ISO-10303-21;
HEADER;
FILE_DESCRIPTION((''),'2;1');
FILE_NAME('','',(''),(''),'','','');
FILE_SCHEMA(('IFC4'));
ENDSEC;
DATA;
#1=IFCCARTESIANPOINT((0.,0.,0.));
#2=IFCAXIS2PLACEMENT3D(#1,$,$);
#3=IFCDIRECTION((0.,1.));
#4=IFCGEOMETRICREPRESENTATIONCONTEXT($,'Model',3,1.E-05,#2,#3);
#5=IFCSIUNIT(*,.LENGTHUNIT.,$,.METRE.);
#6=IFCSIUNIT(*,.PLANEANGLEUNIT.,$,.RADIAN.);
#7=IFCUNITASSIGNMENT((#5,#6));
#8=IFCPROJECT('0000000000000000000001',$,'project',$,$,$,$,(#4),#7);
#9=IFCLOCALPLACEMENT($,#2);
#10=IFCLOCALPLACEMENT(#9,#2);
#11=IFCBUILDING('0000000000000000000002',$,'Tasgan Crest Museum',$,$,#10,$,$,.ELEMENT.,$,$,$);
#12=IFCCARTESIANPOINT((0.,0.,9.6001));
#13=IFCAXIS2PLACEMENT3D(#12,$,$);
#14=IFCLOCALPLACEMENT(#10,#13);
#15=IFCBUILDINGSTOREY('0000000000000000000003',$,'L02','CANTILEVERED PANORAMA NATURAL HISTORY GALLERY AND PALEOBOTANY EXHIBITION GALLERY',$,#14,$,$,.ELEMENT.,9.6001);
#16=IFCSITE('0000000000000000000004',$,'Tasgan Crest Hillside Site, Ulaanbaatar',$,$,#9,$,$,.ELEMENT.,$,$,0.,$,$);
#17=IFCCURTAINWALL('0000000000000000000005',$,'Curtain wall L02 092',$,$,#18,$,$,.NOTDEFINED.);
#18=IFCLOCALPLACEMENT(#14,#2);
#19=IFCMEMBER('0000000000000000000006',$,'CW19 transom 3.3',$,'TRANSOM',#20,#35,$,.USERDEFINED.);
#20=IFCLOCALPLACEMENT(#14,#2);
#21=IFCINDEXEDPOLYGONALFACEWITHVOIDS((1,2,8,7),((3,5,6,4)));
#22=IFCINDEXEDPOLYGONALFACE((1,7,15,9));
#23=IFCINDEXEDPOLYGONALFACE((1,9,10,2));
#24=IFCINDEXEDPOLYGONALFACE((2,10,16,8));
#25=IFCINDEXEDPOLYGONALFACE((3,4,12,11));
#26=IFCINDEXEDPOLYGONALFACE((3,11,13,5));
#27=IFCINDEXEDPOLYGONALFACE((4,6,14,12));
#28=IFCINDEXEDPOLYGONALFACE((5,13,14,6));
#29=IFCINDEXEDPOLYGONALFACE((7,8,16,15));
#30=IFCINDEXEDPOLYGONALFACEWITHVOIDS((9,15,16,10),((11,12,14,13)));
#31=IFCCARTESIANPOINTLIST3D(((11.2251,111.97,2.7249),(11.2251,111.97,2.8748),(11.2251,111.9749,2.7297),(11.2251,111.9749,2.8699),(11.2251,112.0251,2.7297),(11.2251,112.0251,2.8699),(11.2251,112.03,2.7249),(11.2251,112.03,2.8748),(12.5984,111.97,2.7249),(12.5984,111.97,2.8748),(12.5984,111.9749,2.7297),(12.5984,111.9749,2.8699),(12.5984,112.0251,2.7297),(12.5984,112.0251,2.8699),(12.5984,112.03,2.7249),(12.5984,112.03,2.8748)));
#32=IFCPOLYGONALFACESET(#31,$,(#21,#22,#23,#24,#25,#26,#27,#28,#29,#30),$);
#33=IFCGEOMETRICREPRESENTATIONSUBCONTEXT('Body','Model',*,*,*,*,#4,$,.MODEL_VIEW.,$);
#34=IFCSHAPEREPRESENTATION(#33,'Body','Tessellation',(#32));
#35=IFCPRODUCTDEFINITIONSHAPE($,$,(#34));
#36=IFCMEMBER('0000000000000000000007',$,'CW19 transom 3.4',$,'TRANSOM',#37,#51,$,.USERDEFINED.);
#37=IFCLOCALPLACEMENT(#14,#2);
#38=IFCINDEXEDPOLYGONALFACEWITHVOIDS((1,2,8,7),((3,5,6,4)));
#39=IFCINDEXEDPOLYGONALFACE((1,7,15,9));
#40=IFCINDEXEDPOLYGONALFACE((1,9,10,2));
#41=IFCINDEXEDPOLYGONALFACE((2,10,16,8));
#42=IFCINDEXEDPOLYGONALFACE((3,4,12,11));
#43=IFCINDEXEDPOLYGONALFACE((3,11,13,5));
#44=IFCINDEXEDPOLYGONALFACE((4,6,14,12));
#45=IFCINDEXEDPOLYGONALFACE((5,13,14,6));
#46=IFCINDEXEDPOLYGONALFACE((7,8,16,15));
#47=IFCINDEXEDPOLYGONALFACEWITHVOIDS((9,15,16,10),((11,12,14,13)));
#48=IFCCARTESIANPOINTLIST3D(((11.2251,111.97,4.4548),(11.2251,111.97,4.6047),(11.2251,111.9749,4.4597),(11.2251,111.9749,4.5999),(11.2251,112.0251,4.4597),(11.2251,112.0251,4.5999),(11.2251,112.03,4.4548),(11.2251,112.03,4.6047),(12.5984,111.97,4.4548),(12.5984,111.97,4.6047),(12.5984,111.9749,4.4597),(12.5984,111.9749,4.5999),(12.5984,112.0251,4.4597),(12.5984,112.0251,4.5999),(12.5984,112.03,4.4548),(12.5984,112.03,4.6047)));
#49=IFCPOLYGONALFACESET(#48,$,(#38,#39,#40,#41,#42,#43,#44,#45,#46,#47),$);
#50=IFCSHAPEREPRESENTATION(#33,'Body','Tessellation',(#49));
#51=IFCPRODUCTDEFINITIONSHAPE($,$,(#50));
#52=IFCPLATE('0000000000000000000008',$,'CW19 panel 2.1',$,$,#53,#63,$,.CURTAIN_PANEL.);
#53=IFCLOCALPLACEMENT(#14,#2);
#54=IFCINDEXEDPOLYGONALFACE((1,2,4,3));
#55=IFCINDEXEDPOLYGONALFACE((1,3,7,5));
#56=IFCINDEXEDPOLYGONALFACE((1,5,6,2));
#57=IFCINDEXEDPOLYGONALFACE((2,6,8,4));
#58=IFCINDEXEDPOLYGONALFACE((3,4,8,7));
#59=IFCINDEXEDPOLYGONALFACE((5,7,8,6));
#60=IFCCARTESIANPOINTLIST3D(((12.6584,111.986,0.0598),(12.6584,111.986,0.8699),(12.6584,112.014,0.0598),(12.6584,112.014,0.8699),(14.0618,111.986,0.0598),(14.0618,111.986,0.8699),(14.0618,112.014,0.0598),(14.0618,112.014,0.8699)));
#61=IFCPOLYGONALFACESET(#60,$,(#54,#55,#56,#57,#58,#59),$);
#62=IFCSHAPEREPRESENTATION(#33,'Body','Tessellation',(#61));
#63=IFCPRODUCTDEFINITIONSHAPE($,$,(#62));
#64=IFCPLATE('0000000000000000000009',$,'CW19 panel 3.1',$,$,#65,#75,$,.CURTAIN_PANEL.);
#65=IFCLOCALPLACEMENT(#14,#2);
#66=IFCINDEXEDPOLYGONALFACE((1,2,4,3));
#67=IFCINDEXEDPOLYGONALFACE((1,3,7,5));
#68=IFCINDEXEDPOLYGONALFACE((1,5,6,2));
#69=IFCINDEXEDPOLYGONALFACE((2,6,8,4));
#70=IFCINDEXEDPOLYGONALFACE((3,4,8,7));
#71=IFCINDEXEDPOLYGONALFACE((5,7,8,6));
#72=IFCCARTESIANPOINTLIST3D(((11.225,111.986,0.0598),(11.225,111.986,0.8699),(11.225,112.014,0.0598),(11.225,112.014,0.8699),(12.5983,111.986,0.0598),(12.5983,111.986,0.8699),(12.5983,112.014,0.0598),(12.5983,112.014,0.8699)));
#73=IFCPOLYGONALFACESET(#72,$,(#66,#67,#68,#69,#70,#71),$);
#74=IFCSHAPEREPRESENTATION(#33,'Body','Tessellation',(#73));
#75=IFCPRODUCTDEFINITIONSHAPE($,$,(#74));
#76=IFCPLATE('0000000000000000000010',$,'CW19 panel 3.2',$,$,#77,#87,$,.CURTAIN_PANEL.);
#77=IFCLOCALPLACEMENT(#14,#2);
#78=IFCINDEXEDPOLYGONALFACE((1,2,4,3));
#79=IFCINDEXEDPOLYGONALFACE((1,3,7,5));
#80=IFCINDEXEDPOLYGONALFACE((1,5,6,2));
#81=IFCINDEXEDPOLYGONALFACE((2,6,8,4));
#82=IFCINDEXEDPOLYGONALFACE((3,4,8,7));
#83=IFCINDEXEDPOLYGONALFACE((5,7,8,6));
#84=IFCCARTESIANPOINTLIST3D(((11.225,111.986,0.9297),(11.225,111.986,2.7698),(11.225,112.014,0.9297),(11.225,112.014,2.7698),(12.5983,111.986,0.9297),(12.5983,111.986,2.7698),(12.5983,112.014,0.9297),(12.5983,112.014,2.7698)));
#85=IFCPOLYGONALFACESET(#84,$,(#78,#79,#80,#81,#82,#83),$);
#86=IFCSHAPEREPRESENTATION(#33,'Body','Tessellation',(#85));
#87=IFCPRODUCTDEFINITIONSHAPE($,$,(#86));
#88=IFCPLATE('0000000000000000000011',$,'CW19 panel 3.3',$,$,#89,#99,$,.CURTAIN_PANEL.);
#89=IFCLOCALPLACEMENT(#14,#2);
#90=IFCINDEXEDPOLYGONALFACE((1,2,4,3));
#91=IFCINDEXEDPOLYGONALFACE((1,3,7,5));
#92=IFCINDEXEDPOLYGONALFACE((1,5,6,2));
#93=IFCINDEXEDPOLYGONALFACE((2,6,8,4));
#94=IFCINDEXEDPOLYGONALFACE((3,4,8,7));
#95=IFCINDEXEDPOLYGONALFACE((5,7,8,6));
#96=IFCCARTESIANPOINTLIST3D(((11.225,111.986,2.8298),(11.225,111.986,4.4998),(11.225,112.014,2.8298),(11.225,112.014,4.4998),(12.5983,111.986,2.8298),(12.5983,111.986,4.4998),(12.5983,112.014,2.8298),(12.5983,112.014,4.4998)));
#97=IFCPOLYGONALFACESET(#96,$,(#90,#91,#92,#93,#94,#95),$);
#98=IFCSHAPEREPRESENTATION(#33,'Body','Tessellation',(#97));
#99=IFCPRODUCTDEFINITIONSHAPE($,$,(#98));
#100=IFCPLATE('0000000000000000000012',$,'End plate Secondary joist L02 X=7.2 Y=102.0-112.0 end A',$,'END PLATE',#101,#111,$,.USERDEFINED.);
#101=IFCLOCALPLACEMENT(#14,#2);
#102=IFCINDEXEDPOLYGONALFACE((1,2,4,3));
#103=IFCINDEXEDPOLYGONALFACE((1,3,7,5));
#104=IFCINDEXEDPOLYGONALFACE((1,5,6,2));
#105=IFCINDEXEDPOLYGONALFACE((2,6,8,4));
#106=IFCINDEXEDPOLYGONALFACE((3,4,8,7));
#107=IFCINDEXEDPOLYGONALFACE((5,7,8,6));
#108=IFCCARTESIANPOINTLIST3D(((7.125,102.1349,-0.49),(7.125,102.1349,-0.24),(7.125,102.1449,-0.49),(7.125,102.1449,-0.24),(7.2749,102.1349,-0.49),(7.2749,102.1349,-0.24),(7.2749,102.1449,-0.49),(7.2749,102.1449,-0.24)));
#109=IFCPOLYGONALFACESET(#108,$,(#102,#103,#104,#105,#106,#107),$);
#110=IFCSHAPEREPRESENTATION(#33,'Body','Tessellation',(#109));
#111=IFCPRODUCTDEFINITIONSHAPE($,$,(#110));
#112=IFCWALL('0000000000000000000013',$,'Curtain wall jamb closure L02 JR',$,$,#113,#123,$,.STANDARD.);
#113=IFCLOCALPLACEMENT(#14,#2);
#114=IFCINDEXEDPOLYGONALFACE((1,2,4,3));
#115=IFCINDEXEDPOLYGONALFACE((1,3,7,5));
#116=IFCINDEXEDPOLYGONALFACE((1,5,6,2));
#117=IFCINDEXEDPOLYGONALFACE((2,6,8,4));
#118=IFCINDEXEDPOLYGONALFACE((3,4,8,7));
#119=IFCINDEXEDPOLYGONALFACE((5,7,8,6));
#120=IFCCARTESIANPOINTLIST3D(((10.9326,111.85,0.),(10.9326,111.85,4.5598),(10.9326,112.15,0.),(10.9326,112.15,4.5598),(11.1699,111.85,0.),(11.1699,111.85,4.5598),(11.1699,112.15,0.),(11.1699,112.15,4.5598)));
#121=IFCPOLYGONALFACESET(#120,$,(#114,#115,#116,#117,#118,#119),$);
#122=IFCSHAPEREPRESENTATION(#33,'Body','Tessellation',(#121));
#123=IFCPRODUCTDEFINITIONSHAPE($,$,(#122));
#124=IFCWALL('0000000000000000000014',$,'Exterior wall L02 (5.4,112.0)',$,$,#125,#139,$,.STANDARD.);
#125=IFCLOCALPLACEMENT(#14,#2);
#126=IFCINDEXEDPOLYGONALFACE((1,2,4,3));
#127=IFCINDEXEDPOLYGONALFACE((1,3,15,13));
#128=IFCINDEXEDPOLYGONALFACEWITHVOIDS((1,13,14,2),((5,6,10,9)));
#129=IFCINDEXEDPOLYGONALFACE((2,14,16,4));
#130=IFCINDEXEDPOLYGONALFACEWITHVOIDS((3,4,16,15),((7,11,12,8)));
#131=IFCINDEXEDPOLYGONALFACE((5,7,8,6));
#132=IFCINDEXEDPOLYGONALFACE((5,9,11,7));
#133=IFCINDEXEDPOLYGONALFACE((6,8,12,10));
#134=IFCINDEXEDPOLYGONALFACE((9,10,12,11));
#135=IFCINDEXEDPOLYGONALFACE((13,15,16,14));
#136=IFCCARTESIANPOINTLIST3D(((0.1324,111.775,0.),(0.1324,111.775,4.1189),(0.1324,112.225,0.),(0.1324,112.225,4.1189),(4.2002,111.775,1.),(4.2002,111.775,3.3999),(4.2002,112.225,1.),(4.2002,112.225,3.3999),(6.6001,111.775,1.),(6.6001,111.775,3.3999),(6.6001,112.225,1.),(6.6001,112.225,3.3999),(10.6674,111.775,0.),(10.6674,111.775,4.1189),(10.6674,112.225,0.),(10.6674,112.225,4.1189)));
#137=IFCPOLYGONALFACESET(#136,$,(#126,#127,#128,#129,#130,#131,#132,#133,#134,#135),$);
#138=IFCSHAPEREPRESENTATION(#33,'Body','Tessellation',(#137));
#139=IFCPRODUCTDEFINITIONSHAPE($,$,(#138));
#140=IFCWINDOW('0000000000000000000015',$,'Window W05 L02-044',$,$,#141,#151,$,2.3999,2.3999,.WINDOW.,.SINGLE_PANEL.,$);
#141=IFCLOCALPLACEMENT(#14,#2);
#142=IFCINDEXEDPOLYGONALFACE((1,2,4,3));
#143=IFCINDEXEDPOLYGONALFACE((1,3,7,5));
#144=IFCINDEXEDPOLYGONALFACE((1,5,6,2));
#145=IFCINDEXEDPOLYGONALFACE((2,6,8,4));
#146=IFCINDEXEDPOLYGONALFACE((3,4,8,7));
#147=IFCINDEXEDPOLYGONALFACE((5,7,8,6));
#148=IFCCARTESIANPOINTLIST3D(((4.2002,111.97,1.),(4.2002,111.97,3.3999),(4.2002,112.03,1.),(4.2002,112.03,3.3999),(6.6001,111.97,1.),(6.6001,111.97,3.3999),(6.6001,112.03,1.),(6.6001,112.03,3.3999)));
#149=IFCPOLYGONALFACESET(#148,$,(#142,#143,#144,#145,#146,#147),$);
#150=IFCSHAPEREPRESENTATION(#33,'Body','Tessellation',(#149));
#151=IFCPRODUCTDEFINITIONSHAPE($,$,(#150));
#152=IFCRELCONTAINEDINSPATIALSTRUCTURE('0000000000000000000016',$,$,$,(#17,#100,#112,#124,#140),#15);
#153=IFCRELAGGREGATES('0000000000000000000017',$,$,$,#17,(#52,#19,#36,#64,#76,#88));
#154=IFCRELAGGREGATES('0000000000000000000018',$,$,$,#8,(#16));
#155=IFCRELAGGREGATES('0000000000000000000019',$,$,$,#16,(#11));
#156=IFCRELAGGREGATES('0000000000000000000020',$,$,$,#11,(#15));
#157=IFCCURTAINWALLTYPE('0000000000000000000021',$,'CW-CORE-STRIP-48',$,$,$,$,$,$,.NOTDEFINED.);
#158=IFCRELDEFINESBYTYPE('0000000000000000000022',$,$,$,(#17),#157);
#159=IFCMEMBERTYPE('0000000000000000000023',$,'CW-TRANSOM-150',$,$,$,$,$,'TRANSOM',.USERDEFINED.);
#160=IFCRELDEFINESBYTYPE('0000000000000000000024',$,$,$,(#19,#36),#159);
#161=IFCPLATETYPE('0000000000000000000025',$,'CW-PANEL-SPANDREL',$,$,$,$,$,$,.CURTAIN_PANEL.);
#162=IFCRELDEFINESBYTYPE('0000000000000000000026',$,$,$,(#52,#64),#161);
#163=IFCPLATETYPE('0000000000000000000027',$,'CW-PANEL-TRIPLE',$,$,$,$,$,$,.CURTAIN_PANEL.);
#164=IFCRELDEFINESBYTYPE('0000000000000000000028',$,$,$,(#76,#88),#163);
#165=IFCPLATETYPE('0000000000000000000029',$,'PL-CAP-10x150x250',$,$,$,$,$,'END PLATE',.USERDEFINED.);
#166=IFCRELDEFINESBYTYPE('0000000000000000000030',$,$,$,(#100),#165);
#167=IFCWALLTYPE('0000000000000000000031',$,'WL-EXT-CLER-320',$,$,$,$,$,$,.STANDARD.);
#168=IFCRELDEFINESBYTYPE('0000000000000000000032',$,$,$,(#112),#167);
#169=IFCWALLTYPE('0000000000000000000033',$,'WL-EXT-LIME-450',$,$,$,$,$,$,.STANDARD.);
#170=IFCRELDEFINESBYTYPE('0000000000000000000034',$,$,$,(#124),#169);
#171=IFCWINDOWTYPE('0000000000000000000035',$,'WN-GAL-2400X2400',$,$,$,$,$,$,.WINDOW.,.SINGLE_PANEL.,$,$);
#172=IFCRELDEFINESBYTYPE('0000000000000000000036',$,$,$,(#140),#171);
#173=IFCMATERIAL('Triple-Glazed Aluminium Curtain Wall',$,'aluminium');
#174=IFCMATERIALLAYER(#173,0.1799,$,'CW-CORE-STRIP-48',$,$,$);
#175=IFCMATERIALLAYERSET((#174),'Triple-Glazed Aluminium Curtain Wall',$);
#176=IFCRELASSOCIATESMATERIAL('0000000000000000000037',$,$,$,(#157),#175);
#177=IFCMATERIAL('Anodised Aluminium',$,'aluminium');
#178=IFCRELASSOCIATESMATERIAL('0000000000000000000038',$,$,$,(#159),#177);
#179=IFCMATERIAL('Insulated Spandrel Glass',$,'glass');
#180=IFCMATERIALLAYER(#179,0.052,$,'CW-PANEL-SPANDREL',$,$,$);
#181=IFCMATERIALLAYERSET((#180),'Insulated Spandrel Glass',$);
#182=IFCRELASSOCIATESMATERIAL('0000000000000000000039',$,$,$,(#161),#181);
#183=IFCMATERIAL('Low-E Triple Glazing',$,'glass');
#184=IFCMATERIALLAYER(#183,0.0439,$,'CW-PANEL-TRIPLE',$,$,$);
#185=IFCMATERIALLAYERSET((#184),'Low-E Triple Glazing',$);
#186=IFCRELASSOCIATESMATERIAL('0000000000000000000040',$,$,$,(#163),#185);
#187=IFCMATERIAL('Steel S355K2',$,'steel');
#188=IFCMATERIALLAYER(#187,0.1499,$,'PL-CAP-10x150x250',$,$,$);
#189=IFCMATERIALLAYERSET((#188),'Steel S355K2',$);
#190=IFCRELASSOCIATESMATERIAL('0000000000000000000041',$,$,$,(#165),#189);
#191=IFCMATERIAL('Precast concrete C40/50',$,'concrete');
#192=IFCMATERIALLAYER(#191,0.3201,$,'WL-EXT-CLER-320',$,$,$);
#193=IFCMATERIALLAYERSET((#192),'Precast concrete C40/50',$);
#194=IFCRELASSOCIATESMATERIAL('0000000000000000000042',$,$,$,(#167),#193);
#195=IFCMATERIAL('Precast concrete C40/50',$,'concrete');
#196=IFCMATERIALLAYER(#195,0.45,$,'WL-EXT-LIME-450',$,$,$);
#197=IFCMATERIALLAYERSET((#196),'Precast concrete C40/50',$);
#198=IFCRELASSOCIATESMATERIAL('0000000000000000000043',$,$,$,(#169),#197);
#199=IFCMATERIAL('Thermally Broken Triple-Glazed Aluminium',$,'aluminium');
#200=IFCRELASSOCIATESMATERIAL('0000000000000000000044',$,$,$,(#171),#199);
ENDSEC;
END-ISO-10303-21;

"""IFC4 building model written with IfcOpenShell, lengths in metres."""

from ifc_helpers import new_model, si_unit, direction, frame, frame_2d, origin, origin_2d, place, context, subcontext, project, spatial, rectangle, hollow_rectangle, extrude, material, layer, layer_set, material_profile, profile_set, type_object, element, fill, aggregate, save


model = new_model("IFC4")

# Units and contexts
model_context = context("Model", 3, precision=1e-05, world=origin(), true_north=direction((0.0, 1.0)))
body_context = subcontext(model_context, "Body", "Model", "MODEL_VIEW")
ifc_project = project(units=[si_unit("LENGTHUNIT", "METRE"), si_unit("PLANEANGLEUNIT", "RADIAN")], contexts=[model_context])

# Site, building, storey
site_placement = place(None, origin())
site = spatial("IfcSite", under=ifc_project, at=site_placement, Name="Tasgan Crest Hillside Site, Ulaanbaatar", CompositionType="ELEMENT", RefElevation=0.0)
building_placement = place(site_placement, origin())
building = spatial("IfcBuilding", under=site, at=building_placement, Name="Tasgan Crest Museum", CompositionType="ELEMENT")
storey_placement = place(building_placement, frame((0.0, 0.0, 9.6001)))
storey = spatial("IfcBuildingStorey", under=building, at=storey_placement, Name="L02", Description="CANTILEVERED PANORAMA NATURAL HISTORY GALLERY AND PALEOBOTANY EXHIBITION GALLERY", CompositionType="ELEMENT", Elevation=9.6001)

# Curtain wall, members, plates
ifc_material_1 = material(Name="Triple-Glazed Aluminium Curtain Wall", Category="aluminium")
ifc_layer_1 = layer(ifc_material_1, 0.1799, Name="CW-CORE-STRIP-48")
ifc_layer_set_1 = layer_set([ifc_layer_1], Name="Triple-Glazed Aluminium Curtain Wall")
curtain_wall_type = type_object("IfcCurtainWallType", Name="CW-CORE-STRIP-48", PredefinedType="NOTDEFINED", material=ifc_layer_set_1)
curtain_wall_placement = place(storey_placement, origin())
curtain_wall = element("IfcCurtainWall", 1, at=curtain_wall_placement, inside=storey, type_object=curtain_wall_type, Name="Curtain wall L02 092", PredefinedType="NOTDEFINED")
ifc_material_2 = material(Name="Anodised Aluminium", Category="aluminium")
ifc_material_profile_1 = material_profile(ifc_material_2, hollow_rectangle(XDim=0.0601, YDim=0.1499, WallThickness=0.0049, at=origin_2d()), Name="ALU TRANSOM 150x60x5")
ifc_profile_set_1 = profile_set([ifc_material_profile_1], Name="Anodised Aluminium")
member_type_1 = type_object("IfcMemberType", Name="CW-TRANSOM-150", ElementType="TRANSOM", PredefinedType="USERDEFINED", material=ifc_profile_set_1)
member_1_placement = place(storey_placement, frame((12.5984, 112.0, 2.7998), z_axis=(-1.0, 0.0, 0.0), x_axis=(0.0, -1.0, 0.0)))
member_1 = element("IfcMember", 2, at=member_1_placement, type_object=member_type_1, Name="CW19 transom 3.3", ObjectType="TRANSOM", PredefinedType="USERDEFINED", context=body_context, shape_type="SweptSolid", body=[
    extrude(hollow_rectangle(XDim=0.0601, YDim=0.1499, WallThickness=0.0049, at=origin_2d()), origin(), (0.0, 0.0, 1.0), 1.3733),
])
member_2_placement = place(storey_placement, frame((12.5984, 112.0, 4.5298), z_axis=(-1.0, 0.0, 0.0), x_axis=(0.0, -1.0, 0.0)))
member_2 = element("IfcMember", 3, at=member_2_placement, type_object=member_type_1, Name="CW19 transom 3.4", ObjectType="TRANSOM", PredefinedType="USERDEFINED", context=body_context, shape_type="SweptSolid", body=[
    extrude(hollow_rectangle(XDim=0.0601, YDim=0.1499, WallThickness=0.0049, at=origin_2d()), origin(), (0.0, 0.0, 1.0), 1.3733),
])
ifc_material_3 = material(Name="Insulated Spandrel Glass", Category="glass")
ifc_layer_2 = layer(ifc_material_3, 0.052, Name="CW-PANEL-SPANDREL")
ifc_layer_set_2 = layer_set([ifc_layer_2], Name="Insulated Spandrel Glass")
plate_type_1 = type_object("IfcPlateType", Name="CW-PANEL-SPANDREL", PredefinedType="CURTAIN_PANEL", material=ifc_layer_set_2)
plate_1_placement = place(storey_placement, frame((13.3601, 112.0, 0.0598), z_axis=(0.0, 0.0, 1.0), x_axis=(-1.0, 0.0, 0.0)))
plate_1 = element("IfcPlate", 4, at=plate_1_placement, type_object=plate_type_1, Name="CW19 panel 2.1", PredefinedType="CURTAIN_PANEL", context=body_context, shape_type="SweptSolid", body=[
    extrude(rectangle(XDim=1.4033, YDim=0.0281, at=origin_2d()), origin(), (0.0, 0.0, 1.0), 0.8101),
])
plate_2_placement = place(storey_placement, frame((11.9116, 112.0, 0.0598), z_axis=(0.0, 0.0, 1.0), x_axis=(-1.0, 0.0, 0.0)))
plate_2 = element("IfcPlate", 5, at=plate_2_placement, type_object=plate_type_1, Name="CW19 panel 3.1", PredefinedType="CURTAIN_PANEL", context=body_context, shape_type="SweptSolid", body=[
    extrude(rectangle(XDim=1.3733, YDim=0.0281, at=origin_2d()), origin(), (0.0, 0.0, 1.0), 0.8101),
])
ifc_material_4 = material(Name="Low-E Triple Glazing", Category="glass")
ifc_layer_3 = layer(ifc_material_4, 0.0439, Name="CW-PANEL-TRIPLE")
ifc_layer_set_3 = layer_set([ifc_layer_3], Name="Low-E Triple Glazing")
plate_type_2 = type_object("IfcPlateType", Name="CW-PANEL-TRIPLE", PredefinedType="CURTAIN_PANEL", material=ifc_layer_set_3)
plate_3_placement = place(storey_placement, frame((11.9116, 112.0, 0.9297), z_axis=(0.0, 0.0, 1.0), x_axis=(-1.0, 0.0, 0.0)))
plate_3 = element("IfcPlate", 6, at=plate_3_placement, type_object=plate_type_2, Name="CW19 panel 3.2", PredefinedType="CURTAIN_PANEL", context=body_context, shape_type="SweptSolid", body=[
    extrude(rectangle(XDim=1.3733, YDim=0.0281, at=origin_2d()), origin(), (0.0, 0.0, 1.0), 1.8401),
])
plate_4_placement = place(storey_placement, frame((11.9116, 112.0, 2.8298), z_axis=(0.0, 0.0, 1.0), x_axis=(-1.0, 0.0, 0.0)))
plate_4 = element("IfcPlate", 7, at=plate_4_placement, type_object=plate_type_2, Name="CW19 panel 3.3", PredefinedType="CURTAIN_PANEL", context=body_context, shape_type="SweptSolid", body=[
    extrude(rectangle(XDim=1.3733, YDim=0.0281, at=origin_2d()), origin(), (0.0, 0.0, 1.0), 1.6699),
])
aggregate(curtain_wall, [plate_1, member_1, member_2, plate_2, plate_3, plate_4])

# Plate
ifc_material_5 = material(Name="Steel S355K2", Category="steel")
ifc_layer_4 = layer(ifc_material_5, 0.1499, Name="PL-CAP-10x150x250")
ifc_layer_set_4 = layer_set([ifc_layer_4], Name="Steel S355K2")
plate_type_3 = type_object("IfcPlateType", Name="PL-CAP-10x150x250", ElementType="END PLATE", PredefinedType="USERDEFINED", material=ifc_layer_set_4)
plate_5_placement = place(storey_placement, frame((7.2, 102.1399, -0.49), z_axis=(0.0, 0.0, 1.0), x_axis=(0.0, 1.0, 0.0)))
element("IfcPlate", 8, at=plate_5_placement, inside=storey, type_object=plate_type_3, Name="End plate Secondary joist L02 X=7.2 Y=102.0-112.0 end A", ObjectType="END PLATE", PredefinedType="USERDEFINED", context=body_context, shape_type="SweptSolid", body=[
    extrude(rectangle(XDim=0.01, YDim=0.1499, at=origin_2d()), origin(), (0.0, 0.0, 1.0), 0.25),
])

# Wall
ifc_material_6 = material(Name="Precast concrete C40/50", Category="concrete")
ifc_layer_5 = layer(ifc_material_6, 0.3201, Name="WL-EXT-CLER-320")
ifc_layer_set_5 = layer_set([ifc_layer_5], Name="Precast concrete C40/50")
wall_type_1 = type_object("IfcWallType", Name="WL-EXT-CLER-320", PredefinedType="STANDARD", material=ifc_layer_set_5)
wall_1_placement = place(storey_placement, frame((11.1699, 112.0, 0.0), z_axis=(0.0, 0.0, 1.0), x_axis=(-1.0, 0.0, 0.0)))
element("IfcWall", 9, at=wall_1_placement, inside=storey, type_object=wall_type_1, Name="Curtain wall jamb closure L02 JR", PredefinedType="STANDARD", context=body_context, shape_type="SweptSolid", body=[
    extrude(rectangle(XDim=0.2373, YDim=0.3, at=frame_2d((0.1187, 0.0))), origin(), (0.0, 0.0, 1.0), 4.5598),
])

# Wall, opening, window
ifc_material_7 = material(Name="Precast concrete C40/50", Category="concrete")
ifc_layer_6 = layer(ifc_material_7, 0.45, Name="WL-EXT-LIME-450")
ifc_layer_set_6 = layer_set([ifc_layer_6], Name="Precast concrete C40/50")
wall_type_2 = type_object("IfcWallType", Name="WL-EXT-LIME-450", PredefinedType="STANDARD", material=ifc_layer_set_6)
wall_2_placement = place(storey_placement, frame((10.6675, 112.0, 0.0), z_axis=(0.0, 0.0, 1.0), x_axis=(-1.0, 0.0, 0.0)))
wall_2 = element("IfcWall", 10, at=wall_2_placement, inside=storey, type_object=wall_type_2, Name="Exterior wall L02 (5.4,112.0)", PredefinedType="STANDARD", context=body_context, shape_type="SweptSolid", body=[
    extrude(rectangle(XDim=10.5349, YDim=0.45, at=frame_2d((5.2676, 0.0))), origin(), (0.0, 0.0, 1.0), 4.1189),
])
opening_placement = place(wall_2_placement, frame((4.0674, 0.0, 1.0)))
opening = element("IfcOpeningElement", 11, at=opening_placement, cuts=wall_2, PredefinedType="OPENING", context=body_context, shape_type="SweptSolid", body=[
    extrude(rectangle(XDim=2.3999, YDim=2.3999, at=frame_2d((1.2, 1.2))), frame((0.0, 0.2349, 0.0), z_axis=(0.0, -1.0, 0.0), x_axis=(1.0, 0.0, 0.0)), (0.0, 0.0, 1.0), 0.47),
])
ifc_material_8 = material(Name="Thermally Broken Triple-Glazed Aluminium", Category="aluminium")
window_type = type_object("IfcWindowType", Name="WN-GAL-2400X2400", PartitioningType="SINGLE_PANEL", PredefinedType="WINDOW", material=ifc_material_8)
window_placement = place(opening_placement, origin())
window = element("IfcWindow", 12, at=window_placement, inside=storey, type_object=window_type, Name="Window W05 L02-044", OverallHeight=2.3999, OverallWidth=2.3999, PartitioningType="SINGLE_PANEL", PredefinedType="WINDOW", context=body_context, shape_type="SweptSolid", body=[
    extrude(rectangle(XDim=2.3999, YDim=2.3999, at=frame_2d((1.2, 1.2))), frame((0.0, 0.03, 0.0), z_axis=(0.0, -1.0, 0.0), x_axis=(1.0, 0.0, 0.0)), (0.0, 0.0, 1.0), 0.0601),
])
fill(opening, window)

save(model, "model.ifc")
